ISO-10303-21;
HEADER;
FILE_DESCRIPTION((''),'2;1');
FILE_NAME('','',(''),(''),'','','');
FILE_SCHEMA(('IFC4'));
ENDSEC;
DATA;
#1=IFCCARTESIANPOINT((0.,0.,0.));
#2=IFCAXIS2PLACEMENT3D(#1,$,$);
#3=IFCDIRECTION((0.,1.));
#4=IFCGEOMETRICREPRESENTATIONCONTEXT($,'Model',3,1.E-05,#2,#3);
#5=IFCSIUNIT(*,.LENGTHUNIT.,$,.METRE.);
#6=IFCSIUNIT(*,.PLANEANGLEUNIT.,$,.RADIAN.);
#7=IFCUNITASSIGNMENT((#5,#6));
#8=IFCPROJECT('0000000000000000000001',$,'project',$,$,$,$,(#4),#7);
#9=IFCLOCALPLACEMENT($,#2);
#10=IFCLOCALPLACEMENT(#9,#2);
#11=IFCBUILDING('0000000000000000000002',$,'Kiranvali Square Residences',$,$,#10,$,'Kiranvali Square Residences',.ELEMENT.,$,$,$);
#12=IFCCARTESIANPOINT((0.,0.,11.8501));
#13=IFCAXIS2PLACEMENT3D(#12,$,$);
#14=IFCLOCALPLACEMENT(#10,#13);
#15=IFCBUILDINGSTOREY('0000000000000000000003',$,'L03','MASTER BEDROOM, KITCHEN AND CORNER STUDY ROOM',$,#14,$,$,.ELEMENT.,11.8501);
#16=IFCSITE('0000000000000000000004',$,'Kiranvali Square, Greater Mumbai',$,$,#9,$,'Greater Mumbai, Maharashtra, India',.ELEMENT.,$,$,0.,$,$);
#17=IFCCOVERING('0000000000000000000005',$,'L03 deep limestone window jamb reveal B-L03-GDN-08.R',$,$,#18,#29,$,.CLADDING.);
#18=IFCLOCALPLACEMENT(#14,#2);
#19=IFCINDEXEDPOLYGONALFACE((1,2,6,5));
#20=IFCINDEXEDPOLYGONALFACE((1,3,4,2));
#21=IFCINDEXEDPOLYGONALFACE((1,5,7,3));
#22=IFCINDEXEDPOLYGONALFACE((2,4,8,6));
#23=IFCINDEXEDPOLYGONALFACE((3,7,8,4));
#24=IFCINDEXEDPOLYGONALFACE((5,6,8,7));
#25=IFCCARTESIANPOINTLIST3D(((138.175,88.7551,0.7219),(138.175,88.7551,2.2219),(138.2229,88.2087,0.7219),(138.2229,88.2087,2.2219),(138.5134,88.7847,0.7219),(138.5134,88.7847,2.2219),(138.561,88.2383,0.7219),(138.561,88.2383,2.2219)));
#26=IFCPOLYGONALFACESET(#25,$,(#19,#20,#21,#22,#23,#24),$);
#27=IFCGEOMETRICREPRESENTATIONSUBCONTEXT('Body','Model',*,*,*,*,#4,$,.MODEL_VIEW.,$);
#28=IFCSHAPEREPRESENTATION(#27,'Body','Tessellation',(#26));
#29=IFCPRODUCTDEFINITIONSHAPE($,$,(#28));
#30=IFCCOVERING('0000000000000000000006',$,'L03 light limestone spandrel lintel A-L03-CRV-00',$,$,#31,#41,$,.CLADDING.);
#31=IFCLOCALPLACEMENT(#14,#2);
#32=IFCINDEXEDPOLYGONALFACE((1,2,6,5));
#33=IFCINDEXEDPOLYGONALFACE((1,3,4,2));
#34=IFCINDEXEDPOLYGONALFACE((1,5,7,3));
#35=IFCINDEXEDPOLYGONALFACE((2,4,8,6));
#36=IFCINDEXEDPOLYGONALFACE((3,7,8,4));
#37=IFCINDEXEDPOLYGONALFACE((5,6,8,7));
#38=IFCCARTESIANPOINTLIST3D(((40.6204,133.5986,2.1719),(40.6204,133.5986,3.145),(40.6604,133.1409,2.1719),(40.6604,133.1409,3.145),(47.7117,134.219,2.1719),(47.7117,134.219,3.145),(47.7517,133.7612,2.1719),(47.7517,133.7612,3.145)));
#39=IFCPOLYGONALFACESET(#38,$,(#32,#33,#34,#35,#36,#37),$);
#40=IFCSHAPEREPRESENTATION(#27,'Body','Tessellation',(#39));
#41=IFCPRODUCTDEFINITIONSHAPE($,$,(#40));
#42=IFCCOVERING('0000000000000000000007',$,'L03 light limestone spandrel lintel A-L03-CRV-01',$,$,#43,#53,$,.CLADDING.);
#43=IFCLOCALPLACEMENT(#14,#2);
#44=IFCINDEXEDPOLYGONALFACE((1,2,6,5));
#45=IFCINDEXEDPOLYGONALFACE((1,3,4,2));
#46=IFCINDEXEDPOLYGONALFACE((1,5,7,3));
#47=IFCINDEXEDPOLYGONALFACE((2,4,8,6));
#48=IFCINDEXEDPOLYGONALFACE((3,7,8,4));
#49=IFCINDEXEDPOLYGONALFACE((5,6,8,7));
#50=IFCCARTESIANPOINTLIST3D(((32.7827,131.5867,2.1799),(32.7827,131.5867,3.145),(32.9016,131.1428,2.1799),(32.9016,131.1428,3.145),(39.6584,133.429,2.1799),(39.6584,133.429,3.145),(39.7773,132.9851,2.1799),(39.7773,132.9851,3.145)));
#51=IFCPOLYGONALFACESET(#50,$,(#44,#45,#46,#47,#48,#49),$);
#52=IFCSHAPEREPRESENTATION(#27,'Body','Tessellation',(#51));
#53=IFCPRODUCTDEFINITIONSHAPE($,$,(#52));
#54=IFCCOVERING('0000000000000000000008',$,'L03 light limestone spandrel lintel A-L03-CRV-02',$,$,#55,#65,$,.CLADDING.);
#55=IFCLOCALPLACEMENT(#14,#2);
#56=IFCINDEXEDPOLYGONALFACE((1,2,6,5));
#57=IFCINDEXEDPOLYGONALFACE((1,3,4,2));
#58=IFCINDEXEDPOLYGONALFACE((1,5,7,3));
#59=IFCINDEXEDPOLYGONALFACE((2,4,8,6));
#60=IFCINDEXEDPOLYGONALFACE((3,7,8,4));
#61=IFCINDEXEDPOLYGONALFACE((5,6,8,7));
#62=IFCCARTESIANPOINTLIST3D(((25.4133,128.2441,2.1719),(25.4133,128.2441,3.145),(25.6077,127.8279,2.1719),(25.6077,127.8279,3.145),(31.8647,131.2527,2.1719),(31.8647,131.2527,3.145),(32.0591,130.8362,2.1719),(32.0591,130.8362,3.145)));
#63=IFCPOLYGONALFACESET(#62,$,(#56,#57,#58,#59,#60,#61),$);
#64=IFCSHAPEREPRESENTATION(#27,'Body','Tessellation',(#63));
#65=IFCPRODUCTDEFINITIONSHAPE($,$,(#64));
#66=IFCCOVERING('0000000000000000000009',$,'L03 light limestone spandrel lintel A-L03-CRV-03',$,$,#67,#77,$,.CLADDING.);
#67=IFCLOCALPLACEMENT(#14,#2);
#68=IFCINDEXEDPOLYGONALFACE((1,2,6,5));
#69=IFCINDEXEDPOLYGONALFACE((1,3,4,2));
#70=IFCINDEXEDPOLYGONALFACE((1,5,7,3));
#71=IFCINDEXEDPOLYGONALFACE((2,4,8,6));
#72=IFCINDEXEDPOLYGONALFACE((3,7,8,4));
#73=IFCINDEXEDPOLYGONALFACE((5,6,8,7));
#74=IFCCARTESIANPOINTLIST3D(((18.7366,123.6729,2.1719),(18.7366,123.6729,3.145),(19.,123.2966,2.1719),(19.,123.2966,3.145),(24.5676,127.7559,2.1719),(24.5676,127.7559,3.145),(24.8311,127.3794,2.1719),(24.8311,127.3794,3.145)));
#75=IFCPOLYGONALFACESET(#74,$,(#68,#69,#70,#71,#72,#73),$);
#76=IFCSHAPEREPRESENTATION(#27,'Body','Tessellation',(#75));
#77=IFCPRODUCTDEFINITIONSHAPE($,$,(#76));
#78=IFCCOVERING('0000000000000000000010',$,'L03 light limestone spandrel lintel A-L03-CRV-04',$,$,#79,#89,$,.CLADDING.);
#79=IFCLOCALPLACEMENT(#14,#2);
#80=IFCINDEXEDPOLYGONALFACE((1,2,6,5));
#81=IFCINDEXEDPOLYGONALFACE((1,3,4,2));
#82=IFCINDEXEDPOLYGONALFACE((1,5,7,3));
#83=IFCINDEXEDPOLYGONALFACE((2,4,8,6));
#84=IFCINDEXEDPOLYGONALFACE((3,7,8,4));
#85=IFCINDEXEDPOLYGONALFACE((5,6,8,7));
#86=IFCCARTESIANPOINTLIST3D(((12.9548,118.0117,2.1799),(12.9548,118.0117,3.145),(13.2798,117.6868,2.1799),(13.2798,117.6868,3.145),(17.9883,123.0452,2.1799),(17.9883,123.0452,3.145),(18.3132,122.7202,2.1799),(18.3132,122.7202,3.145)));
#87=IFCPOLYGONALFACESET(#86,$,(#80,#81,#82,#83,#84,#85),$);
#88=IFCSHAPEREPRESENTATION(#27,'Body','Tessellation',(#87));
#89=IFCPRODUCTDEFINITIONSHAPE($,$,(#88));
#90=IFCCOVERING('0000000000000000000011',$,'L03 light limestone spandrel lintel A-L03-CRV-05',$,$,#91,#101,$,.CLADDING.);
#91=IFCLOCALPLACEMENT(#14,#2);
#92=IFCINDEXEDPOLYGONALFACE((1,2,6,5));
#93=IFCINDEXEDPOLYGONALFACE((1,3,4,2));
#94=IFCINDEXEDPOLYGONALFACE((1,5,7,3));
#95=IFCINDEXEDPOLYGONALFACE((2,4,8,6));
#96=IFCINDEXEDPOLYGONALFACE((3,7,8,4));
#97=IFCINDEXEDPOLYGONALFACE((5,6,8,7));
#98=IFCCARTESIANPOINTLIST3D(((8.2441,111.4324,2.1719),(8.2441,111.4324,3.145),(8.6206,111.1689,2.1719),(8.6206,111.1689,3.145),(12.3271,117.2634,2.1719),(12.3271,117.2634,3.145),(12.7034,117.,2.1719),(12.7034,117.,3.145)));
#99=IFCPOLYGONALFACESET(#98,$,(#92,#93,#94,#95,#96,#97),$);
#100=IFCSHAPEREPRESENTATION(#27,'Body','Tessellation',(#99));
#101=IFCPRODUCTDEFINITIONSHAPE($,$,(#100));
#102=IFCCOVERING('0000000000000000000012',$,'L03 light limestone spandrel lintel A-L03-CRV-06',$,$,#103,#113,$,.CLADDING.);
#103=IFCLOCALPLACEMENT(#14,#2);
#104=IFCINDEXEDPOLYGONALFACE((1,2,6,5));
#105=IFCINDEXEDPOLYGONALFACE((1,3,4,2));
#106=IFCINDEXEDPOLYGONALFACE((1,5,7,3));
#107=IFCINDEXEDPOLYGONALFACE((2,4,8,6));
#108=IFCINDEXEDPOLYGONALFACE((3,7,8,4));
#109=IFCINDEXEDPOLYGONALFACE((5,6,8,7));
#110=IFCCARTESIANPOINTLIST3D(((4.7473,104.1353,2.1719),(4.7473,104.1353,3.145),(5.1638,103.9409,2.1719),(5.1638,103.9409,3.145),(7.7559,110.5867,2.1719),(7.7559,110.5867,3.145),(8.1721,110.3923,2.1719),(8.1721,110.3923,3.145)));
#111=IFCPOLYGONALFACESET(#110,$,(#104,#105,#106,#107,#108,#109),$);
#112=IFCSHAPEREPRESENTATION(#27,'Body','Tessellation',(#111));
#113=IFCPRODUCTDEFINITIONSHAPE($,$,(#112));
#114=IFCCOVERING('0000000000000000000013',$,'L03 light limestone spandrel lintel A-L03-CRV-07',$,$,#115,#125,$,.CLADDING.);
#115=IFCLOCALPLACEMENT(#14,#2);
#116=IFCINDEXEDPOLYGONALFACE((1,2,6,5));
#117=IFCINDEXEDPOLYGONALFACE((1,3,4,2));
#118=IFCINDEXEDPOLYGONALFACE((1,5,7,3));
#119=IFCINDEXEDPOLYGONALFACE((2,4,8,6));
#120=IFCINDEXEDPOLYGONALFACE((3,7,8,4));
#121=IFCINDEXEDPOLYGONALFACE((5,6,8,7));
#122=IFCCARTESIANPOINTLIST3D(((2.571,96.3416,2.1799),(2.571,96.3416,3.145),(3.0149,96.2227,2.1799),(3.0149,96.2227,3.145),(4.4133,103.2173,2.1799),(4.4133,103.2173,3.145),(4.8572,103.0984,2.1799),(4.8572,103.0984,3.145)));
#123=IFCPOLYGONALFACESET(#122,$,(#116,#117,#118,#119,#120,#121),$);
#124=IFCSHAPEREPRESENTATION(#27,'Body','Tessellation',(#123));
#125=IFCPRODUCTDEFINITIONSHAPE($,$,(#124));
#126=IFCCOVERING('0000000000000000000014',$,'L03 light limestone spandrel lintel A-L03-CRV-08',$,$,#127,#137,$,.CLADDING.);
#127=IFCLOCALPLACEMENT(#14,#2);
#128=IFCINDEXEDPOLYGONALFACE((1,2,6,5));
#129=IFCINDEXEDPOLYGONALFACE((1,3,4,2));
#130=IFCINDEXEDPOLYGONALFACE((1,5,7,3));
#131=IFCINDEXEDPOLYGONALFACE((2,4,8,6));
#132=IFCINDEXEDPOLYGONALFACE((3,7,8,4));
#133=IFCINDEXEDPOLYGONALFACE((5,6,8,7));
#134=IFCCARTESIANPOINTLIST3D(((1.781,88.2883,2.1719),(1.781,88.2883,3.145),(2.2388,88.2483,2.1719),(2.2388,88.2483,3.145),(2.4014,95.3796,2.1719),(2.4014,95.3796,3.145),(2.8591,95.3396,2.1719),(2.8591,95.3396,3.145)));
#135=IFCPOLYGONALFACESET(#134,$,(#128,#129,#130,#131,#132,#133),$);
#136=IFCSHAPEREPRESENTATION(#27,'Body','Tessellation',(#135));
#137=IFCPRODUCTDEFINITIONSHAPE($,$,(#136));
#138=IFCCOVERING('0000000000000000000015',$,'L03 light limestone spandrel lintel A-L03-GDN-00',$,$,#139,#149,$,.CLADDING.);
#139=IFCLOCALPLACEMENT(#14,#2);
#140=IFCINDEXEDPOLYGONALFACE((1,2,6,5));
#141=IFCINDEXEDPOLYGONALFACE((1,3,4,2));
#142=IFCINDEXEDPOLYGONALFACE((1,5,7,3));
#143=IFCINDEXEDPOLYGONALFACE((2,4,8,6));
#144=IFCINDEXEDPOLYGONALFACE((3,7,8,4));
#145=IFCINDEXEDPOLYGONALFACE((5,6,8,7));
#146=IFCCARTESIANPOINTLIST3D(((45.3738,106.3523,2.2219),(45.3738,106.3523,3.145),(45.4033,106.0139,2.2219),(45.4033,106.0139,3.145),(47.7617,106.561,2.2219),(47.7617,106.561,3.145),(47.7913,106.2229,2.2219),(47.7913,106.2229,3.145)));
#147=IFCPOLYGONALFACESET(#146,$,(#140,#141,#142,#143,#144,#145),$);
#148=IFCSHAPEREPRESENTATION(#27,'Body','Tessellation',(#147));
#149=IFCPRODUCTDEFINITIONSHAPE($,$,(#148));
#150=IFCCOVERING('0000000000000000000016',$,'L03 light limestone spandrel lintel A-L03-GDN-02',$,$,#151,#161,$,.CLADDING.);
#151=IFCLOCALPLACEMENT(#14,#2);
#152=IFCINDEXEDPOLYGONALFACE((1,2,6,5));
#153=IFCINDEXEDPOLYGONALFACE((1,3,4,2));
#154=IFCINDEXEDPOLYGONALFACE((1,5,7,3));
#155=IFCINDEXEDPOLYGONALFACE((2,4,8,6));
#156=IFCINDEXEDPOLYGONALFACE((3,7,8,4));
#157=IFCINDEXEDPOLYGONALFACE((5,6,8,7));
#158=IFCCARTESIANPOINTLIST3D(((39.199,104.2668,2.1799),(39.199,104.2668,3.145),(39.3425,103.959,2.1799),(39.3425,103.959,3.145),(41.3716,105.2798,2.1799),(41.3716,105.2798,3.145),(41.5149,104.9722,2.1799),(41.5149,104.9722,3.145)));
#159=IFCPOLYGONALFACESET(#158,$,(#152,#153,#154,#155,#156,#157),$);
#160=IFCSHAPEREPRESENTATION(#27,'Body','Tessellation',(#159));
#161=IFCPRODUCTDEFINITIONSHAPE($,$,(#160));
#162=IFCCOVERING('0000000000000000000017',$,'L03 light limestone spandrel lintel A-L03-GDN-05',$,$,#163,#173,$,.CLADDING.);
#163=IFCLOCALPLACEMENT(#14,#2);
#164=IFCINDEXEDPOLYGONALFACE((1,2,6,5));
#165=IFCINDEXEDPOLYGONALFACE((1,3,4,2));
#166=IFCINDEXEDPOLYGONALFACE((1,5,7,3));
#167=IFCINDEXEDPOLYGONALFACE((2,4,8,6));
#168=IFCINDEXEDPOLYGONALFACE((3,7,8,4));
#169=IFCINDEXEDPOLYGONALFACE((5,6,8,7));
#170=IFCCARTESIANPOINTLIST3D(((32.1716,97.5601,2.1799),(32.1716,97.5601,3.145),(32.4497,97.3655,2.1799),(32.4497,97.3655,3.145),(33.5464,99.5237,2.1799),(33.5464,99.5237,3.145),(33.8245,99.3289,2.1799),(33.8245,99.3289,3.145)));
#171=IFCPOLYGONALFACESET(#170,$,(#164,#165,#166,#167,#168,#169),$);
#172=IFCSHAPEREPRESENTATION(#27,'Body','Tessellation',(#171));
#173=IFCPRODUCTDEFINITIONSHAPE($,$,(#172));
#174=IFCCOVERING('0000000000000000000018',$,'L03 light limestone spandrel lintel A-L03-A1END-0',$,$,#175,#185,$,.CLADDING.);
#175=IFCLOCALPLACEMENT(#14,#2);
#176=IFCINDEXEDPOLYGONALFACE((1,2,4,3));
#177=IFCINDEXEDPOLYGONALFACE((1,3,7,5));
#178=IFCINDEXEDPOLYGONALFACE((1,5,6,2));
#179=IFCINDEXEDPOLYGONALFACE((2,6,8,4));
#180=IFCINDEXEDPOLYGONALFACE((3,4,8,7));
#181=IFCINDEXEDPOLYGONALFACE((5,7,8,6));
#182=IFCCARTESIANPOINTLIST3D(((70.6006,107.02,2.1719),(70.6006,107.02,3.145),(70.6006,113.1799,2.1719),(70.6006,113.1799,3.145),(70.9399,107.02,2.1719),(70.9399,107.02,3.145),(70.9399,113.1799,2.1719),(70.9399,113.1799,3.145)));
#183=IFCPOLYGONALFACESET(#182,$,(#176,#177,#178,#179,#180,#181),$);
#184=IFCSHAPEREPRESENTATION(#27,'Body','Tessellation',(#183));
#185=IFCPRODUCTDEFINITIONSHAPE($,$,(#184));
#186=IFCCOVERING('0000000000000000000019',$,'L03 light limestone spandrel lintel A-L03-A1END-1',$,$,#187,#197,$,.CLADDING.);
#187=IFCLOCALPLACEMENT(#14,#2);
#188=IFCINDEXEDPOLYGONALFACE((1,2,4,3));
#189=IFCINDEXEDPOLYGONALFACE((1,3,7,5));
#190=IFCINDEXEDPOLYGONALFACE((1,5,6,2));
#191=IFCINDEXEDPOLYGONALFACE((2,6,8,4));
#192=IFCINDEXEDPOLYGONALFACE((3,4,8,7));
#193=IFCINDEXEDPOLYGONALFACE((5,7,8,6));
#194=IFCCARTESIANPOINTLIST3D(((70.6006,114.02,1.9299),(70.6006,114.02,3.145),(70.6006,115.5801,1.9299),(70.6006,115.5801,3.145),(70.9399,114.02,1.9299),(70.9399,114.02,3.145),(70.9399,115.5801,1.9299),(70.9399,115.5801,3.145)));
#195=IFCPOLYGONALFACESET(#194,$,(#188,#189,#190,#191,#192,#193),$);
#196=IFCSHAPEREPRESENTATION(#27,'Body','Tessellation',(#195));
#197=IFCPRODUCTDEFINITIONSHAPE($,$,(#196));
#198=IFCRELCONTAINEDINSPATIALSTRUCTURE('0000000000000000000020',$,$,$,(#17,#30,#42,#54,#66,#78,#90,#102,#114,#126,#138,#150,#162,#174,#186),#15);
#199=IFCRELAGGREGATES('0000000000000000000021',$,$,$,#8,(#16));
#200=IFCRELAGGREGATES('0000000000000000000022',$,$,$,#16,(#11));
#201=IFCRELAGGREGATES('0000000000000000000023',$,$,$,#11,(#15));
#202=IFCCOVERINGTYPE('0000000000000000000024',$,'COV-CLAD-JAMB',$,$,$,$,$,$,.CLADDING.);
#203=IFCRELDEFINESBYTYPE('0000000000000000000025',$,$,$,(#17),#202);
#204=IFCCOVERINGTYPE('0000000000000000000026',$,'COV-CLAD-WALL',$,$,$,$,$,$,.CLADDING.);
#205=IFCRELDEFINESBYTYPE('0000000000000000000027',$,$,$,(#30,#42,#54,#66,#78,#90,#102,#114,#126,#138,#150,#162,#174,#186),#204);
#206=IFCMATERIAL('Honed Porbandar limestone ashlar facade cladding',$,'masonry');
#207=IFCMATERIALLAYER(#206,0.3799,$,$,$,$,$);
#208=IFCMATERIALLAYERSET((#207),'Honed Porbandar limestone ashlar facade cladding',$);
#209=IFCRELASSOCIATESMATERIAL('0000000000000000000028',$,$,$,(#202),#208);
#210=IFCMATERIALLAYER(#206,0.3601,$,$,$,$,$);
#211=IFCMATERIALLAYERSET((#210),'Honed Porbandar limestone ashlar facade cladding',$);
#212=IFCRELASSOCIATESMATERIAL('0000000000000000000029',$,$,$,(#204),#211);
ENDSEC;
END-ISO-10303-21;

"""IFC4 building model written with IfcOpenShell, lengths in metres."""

from ifc_helpers import new_model, si_unit, direction, frame, origin, place, context, subcontext, project, spatial, polyline, outline, extrude, material, layer, layer_set, type_object, element, save


model = new_model("IFC4")

# Units and contexts
model_context = context("Model", 3, precision=1e-05, world=origin(), true_north=direction((0.0, 1.0)))
body_context = subcontext(model_context, "Body", "Model", "MODEL_VIEW")
ifc_project = project(units=[si_unit("LENGTHUNIT", "METRE"), si_unit("PLANEANGLEUNIT", "RADIAN")], contexts=[model_context])

# Site, building, storey
site_placement = place(None, origin())
site = spatial("IfcSite", under=ifc_project, at=site_placement, Name="Kiranvali Square, Greater Mumbai", LongName="Greater Mumbai, Maharashtra, India", CompositionType="ELEMENT", RefElevation=0.0)
building_placement = place(site_placement, origin())
building = spatial("IfcBuilding", under=site, at=building_placement, Name="Kiranvali Square Residences", LongName="Kiranvali Square Residences", CompositionType="ELEMENT")
storey_placement = place(building_placement, frame((0.0, 0.0, 11.8501)))
storey = spatial("IfcBuildingStorey", under=building, at=storey_placement, Name="L03", Description="MASTER BEDROOM, KITCHEN AND CORNER STUDY ROOM", CompositionType="ELEMENT", Elevation=11.8501)

# Coverings
ifc_material = material(Name="Honed Porbandar limestone ashlar facade cladding", Category="masonry")
ifc_layer_1 = layer(ifc_material, 0.3799)
ifc_layer_set_1 = layer_set([ifc_layer_1], Name="Honed Porbandar limestone ashlar facade cladding")
covering_type_1 = type_object("IfcCoveringType", Name="COV-CLAD-JAMB", PredefinedType="CLADDING", material=ifc_layer_set_1)
covering_1_placement = place(storey_placement, frame((0.0, 0.0, 0.7219)))
element("IfcCovering", 1, at=covering_1_placement, inside=storey, type_object=covering_type_1, Name="L03 deep limestone window jamb reveal B-L03-GDN-08.R", PredefinedType="CLADDING", context=body_context, shape_type="SweptSolid", body=[
    extrude(outline(polyline([(138.175, 88.7551), (138.2229, 88.2087), (138.561, 88.2383), (138.5134, 88.7847), (138.175, 88.7551)])), origin(), (0.0, 0.0, 1.0), 1.5),
])
ifc_layer_2 = layer(ifc_material, 0.3601)
ifc_layer_set_2 = layer_set([ifc_layer_2], Name="Honed Porbandar limestone ashlar facade cladding")
covering_type_2 = type_object("IfcCoveringType", Name="COV-CLAD-WALL", PredefinedType="CLADDING", material=ifc_layer_set_2)
covering_2_placement = place(storey_placement, frame((0.0, 0.0, 2.1719)))
element("IfcCovering", 2, at=covering_2_placement, inside=storey, type_object=covering_type_2, Name="L03 light limestone spandrel lintel A-L03-CRV-00", PredefinedType="CLADDING", context=body_context, shape_type="SweptSolid", body=[
    extrude(outline(polyline([(47.7117, 134.219), (40.6204, 133.5986), (40.6604, 133.1409), (47.7517, 133.7612), (47.7117, 134.219)])), origin(), (0.0, 0.0, 1.0), 0.9731),
])
covering_3_placement = place(storey_placement, frame((0.0, 0.0, 2.1799)))
element("IfcCovering", 3, at=covering_3_placement, inside=storey, type_object=covering_type_2, Name="L03 light limestone spandrel lintel A-L03-CRV-01", PredefinedType="CLADDING", context=body_context, shape_type="SweptSolid", body=[
    extrude(outline(polyline([(39.6584, 133.429), (32.7827, 131.5867), (32.9016, 131.1428), (39.7773, 132.9851), (39.6584, 133.429)])), origin(), (0.0, 0.0, 1.0), 0.9651),
])
covering_4_placement = place(storey_placement, frame((0.0, 0.0, 2.1719)))
element("IfcCovering", 4, at=covering_4_placement, inside=storey, type_object=covering_type_2, Name="L03 light limestone spandrel lintel A-L03-CRV-02", PredefinedType="CLADDING", context=body_context, shape_type="SweptSolid", body=[
    extrude(outline(polyline([(31.8647, 131.2527), (25.4133, 128.2441), (25.6077, 127.8279), (32.0591, 130.8362), (31.8647, 131.2527)])), origin(), (0.0, 0.0, 1.0), 0.9731),
])
covering_5_placement = place(storey_placement, frame((0.0, 0.0, 2.1719)))
element("IfcCovering", 5, at=covering_5_placement, inside=storey, type_object=covering_type_2, Name="L03 light limestone spandrel lintel A-L03-CRV-03", PredefinedType="CLADDING", context=body_context, shape_type="SweptSolid", body=[
    extrude(outline(polyline([(24.5676, 127.7559), (18.7366, 123.6729), (19.0, 123.2966), (24.8311, 127.3794), (24.5676, 127.7559)])), origin(), (0.0, 0.0, 1.0), 0.9731),
])
covering_6_placement = place(storey_placement, frame((0.0, 0.0, 2.1799)))
element("IfcCovering", 6, at=covering_6_placement, inside=storey, type_object=covering_type_2, Name="L03 light limestone spandrel lintel A-L03-CRV-04", PredefinedType="CLADDING", context=body_context, shape_type="SweptSolid", body=[
    extrude(outline(polyline([(17.9883, 123.0452), (12.9548, 118.0117), (13.2798, 117.6868), (18.3132, 122.7202), (17.9883, 123.0452)])), origin(), (0.0, 0.0, 1.0), 0.9651),
])
covering_7_placement = place(storey_placement, frame((0.0, 0.0, 2.1719)))
element("IfcCovering", 7, at=covering_7_placement, inside=storey, type_object=covering_type_2, Name="L03 light limestone spandrel lintel A-L03-CRV-05", PredefinedType="CLADDING", context=body_context, shape_type="SweptSolid", body=[
    extrude(outline(polyline([(12.3271, 117.2634), (8.2441, 111.4324), (8.6206, 111.1689), (12.7034, 117.0), (12.3271, 117.2634)])), origin(), (0.0, 0.0, 1.0), 0.9731),
])
covering_8_placement = place(storey_placement, frame((0.0, 0.0, 2.1719)))
element("IfcCovering", 8, at=covering_8_placement, inside=storey, type_object=covering_type_2, Name="L03 light limestone spandrel lintel A-L03-CRV-06", PredefinedType="CLADDING", context=body_context, shape_type="SweptSolid", body=[
    extrude(outline(polyline([(7.7559, 110.5867), (4.7473, 104.1353), (5.1638, 103.9409), (8.1721, 110.3923), (7.7559, 110.5867)])), origin(), (0.0, 0.0, 1.0), 0.9731),
])
covering_9_placement = place(storey_placement, frame((0.0, 0.0, 2.1799)))
element("IfcCovering", 9, at=covering_9_placement, inside=storey, type_object=covering_type_2, Name="L03 light limestone spandrel lintel A-L03-CRV-07", PredefinedType="CLADDING", context=body_context, shape_type="SweptSolid", body=[
    extrude(outline(polyline([(4.4133, 103.2173), (2.571, 96.3416), (3.0149, 96.2227), (4.8572, 103.0984), (4.4133, 103.2173)])), origin(), (0.0, 0.0, 1.0), 0.9651),
])
covering_10_placement = place(storey_placement, frame((0.0, 0.0, 2.1719)))
element("IfcCovering", 10, at=covering_10_placement, inside=storey, type_object=covering_type_2, Name="L03 light limestone spandrel lintel A-L03-CRV-08", PredefinedType="CLADDING", context=body_context, shape_type="SweptSolid", body=[
    extrude(outline(polyline([(2.4014, 95.3796), (1.781, 88.2883), (2.2388, 88.2483), (2.8591, 95.3396), (2.4014, 95.3796)])), origin(), (0.0, 0.0, 1.0), 0.9731),
])
covering_11_placement = place(storey_placement, frame((0.0, 0.0, 2.2219)))
element("IfcCovering", 11, at=covering_11_placement, inside=storey, type_object=covering_type_2, Name="L03 light limestone spandrel lintel A-L03-GDN-00", PredefinedType="CLADDING", context=body_context, shape_type="SweptSolid", body=[
    extrude(outline(polyline([(47.7617, 106.561), (45.3738, 106.3523), (45.4033, 106.0139), (47.7913, 106.2229), (47.7617, 106.561)])), origin(), (0.0, 0.0, 1.0), 0.9231),
])
covering_12_placement = place(storey_placement, frame((0.0, 0.0, 2.1799)))
element("IfcCovering", 12, at=covering_12_placement, inside=storey, type_object=covering_type_2, Name="L03 light limestone spandrel lintel A-L03-GDN-02", PredefinedType="CLADDING", context=body_context, shape_type="SweptSolid", body=[
    extrude(outline(polyline([(41.3716, 105.2798), (39.199, 104.2668), (39.3425, 103.959), (41.5149, 104.9722), (41.3716, 105.2798)])), origin(), (0.0, 0.0, 1.0), 0.9651),
])
covering_13_placement = place(storey_placement, frame((0.0, 0.0, 2.1799)))
element("IfcCovering", 13, at=covering_13_placement, inside=storey, type_object=covering_type_2, Name="L03 light limestone spandrel lintel A-L03-GDN-05", PredefinedType="CLADDING", context=body_context, shape_type="SweptSolid", body=[
    extrude(outline(polyline([(33.5464, 99.5237), (32.1716, 97.5601), (32.4497, 97.3655), (33.8245, 99.3289), (33.5464, 99.5237)])), origin(), (0.0, 0.0, 1.0), 0.9651),
])
covering_14_placement = place(storey_placement, frame((0.0, 0.0, 2.1719)))
element("IfcCovering", 14, at=covering_14_placement, inside=storey, type_object=covering_type_2, Name="L03 light limestone spandrel lintel A-L03-A1END-0", PredefinedType="CLADDING", context=body_context, shape_type="SweptSolid", body=[
    extrude(outline(polyline([(70.9399, 107.02), (70.9399, 113.1799), (70.6006, 113.1799), (70.6006, 107.02), (70.9399, 107.02)])), origin(), (0.0, 0.0, 1.0), 0.9731),
])
covering_15_placement = place(storey_placement, frame((0.0, 0.0, 1.9299)))
element("IfcCovering", 15, at=covering_15_placement, inside=storey, type_object=covering_type_2, Name="L03 light limestone spandrel lintel A-L03-A1END-1", PredefinedType="CLADDING", context=body_context, shape_type="SweptSolid", body=[
    extrude(outline(polyline([(70.9399, 114.02), (70.9399, 115.5801), (70.6006, 115.5801), (70.6006, 114.02), (70.9399, 114.02)])), origin(), (0.0, 0.0, 1.0), 1.2151),
])

save(model, "model.ifc")
